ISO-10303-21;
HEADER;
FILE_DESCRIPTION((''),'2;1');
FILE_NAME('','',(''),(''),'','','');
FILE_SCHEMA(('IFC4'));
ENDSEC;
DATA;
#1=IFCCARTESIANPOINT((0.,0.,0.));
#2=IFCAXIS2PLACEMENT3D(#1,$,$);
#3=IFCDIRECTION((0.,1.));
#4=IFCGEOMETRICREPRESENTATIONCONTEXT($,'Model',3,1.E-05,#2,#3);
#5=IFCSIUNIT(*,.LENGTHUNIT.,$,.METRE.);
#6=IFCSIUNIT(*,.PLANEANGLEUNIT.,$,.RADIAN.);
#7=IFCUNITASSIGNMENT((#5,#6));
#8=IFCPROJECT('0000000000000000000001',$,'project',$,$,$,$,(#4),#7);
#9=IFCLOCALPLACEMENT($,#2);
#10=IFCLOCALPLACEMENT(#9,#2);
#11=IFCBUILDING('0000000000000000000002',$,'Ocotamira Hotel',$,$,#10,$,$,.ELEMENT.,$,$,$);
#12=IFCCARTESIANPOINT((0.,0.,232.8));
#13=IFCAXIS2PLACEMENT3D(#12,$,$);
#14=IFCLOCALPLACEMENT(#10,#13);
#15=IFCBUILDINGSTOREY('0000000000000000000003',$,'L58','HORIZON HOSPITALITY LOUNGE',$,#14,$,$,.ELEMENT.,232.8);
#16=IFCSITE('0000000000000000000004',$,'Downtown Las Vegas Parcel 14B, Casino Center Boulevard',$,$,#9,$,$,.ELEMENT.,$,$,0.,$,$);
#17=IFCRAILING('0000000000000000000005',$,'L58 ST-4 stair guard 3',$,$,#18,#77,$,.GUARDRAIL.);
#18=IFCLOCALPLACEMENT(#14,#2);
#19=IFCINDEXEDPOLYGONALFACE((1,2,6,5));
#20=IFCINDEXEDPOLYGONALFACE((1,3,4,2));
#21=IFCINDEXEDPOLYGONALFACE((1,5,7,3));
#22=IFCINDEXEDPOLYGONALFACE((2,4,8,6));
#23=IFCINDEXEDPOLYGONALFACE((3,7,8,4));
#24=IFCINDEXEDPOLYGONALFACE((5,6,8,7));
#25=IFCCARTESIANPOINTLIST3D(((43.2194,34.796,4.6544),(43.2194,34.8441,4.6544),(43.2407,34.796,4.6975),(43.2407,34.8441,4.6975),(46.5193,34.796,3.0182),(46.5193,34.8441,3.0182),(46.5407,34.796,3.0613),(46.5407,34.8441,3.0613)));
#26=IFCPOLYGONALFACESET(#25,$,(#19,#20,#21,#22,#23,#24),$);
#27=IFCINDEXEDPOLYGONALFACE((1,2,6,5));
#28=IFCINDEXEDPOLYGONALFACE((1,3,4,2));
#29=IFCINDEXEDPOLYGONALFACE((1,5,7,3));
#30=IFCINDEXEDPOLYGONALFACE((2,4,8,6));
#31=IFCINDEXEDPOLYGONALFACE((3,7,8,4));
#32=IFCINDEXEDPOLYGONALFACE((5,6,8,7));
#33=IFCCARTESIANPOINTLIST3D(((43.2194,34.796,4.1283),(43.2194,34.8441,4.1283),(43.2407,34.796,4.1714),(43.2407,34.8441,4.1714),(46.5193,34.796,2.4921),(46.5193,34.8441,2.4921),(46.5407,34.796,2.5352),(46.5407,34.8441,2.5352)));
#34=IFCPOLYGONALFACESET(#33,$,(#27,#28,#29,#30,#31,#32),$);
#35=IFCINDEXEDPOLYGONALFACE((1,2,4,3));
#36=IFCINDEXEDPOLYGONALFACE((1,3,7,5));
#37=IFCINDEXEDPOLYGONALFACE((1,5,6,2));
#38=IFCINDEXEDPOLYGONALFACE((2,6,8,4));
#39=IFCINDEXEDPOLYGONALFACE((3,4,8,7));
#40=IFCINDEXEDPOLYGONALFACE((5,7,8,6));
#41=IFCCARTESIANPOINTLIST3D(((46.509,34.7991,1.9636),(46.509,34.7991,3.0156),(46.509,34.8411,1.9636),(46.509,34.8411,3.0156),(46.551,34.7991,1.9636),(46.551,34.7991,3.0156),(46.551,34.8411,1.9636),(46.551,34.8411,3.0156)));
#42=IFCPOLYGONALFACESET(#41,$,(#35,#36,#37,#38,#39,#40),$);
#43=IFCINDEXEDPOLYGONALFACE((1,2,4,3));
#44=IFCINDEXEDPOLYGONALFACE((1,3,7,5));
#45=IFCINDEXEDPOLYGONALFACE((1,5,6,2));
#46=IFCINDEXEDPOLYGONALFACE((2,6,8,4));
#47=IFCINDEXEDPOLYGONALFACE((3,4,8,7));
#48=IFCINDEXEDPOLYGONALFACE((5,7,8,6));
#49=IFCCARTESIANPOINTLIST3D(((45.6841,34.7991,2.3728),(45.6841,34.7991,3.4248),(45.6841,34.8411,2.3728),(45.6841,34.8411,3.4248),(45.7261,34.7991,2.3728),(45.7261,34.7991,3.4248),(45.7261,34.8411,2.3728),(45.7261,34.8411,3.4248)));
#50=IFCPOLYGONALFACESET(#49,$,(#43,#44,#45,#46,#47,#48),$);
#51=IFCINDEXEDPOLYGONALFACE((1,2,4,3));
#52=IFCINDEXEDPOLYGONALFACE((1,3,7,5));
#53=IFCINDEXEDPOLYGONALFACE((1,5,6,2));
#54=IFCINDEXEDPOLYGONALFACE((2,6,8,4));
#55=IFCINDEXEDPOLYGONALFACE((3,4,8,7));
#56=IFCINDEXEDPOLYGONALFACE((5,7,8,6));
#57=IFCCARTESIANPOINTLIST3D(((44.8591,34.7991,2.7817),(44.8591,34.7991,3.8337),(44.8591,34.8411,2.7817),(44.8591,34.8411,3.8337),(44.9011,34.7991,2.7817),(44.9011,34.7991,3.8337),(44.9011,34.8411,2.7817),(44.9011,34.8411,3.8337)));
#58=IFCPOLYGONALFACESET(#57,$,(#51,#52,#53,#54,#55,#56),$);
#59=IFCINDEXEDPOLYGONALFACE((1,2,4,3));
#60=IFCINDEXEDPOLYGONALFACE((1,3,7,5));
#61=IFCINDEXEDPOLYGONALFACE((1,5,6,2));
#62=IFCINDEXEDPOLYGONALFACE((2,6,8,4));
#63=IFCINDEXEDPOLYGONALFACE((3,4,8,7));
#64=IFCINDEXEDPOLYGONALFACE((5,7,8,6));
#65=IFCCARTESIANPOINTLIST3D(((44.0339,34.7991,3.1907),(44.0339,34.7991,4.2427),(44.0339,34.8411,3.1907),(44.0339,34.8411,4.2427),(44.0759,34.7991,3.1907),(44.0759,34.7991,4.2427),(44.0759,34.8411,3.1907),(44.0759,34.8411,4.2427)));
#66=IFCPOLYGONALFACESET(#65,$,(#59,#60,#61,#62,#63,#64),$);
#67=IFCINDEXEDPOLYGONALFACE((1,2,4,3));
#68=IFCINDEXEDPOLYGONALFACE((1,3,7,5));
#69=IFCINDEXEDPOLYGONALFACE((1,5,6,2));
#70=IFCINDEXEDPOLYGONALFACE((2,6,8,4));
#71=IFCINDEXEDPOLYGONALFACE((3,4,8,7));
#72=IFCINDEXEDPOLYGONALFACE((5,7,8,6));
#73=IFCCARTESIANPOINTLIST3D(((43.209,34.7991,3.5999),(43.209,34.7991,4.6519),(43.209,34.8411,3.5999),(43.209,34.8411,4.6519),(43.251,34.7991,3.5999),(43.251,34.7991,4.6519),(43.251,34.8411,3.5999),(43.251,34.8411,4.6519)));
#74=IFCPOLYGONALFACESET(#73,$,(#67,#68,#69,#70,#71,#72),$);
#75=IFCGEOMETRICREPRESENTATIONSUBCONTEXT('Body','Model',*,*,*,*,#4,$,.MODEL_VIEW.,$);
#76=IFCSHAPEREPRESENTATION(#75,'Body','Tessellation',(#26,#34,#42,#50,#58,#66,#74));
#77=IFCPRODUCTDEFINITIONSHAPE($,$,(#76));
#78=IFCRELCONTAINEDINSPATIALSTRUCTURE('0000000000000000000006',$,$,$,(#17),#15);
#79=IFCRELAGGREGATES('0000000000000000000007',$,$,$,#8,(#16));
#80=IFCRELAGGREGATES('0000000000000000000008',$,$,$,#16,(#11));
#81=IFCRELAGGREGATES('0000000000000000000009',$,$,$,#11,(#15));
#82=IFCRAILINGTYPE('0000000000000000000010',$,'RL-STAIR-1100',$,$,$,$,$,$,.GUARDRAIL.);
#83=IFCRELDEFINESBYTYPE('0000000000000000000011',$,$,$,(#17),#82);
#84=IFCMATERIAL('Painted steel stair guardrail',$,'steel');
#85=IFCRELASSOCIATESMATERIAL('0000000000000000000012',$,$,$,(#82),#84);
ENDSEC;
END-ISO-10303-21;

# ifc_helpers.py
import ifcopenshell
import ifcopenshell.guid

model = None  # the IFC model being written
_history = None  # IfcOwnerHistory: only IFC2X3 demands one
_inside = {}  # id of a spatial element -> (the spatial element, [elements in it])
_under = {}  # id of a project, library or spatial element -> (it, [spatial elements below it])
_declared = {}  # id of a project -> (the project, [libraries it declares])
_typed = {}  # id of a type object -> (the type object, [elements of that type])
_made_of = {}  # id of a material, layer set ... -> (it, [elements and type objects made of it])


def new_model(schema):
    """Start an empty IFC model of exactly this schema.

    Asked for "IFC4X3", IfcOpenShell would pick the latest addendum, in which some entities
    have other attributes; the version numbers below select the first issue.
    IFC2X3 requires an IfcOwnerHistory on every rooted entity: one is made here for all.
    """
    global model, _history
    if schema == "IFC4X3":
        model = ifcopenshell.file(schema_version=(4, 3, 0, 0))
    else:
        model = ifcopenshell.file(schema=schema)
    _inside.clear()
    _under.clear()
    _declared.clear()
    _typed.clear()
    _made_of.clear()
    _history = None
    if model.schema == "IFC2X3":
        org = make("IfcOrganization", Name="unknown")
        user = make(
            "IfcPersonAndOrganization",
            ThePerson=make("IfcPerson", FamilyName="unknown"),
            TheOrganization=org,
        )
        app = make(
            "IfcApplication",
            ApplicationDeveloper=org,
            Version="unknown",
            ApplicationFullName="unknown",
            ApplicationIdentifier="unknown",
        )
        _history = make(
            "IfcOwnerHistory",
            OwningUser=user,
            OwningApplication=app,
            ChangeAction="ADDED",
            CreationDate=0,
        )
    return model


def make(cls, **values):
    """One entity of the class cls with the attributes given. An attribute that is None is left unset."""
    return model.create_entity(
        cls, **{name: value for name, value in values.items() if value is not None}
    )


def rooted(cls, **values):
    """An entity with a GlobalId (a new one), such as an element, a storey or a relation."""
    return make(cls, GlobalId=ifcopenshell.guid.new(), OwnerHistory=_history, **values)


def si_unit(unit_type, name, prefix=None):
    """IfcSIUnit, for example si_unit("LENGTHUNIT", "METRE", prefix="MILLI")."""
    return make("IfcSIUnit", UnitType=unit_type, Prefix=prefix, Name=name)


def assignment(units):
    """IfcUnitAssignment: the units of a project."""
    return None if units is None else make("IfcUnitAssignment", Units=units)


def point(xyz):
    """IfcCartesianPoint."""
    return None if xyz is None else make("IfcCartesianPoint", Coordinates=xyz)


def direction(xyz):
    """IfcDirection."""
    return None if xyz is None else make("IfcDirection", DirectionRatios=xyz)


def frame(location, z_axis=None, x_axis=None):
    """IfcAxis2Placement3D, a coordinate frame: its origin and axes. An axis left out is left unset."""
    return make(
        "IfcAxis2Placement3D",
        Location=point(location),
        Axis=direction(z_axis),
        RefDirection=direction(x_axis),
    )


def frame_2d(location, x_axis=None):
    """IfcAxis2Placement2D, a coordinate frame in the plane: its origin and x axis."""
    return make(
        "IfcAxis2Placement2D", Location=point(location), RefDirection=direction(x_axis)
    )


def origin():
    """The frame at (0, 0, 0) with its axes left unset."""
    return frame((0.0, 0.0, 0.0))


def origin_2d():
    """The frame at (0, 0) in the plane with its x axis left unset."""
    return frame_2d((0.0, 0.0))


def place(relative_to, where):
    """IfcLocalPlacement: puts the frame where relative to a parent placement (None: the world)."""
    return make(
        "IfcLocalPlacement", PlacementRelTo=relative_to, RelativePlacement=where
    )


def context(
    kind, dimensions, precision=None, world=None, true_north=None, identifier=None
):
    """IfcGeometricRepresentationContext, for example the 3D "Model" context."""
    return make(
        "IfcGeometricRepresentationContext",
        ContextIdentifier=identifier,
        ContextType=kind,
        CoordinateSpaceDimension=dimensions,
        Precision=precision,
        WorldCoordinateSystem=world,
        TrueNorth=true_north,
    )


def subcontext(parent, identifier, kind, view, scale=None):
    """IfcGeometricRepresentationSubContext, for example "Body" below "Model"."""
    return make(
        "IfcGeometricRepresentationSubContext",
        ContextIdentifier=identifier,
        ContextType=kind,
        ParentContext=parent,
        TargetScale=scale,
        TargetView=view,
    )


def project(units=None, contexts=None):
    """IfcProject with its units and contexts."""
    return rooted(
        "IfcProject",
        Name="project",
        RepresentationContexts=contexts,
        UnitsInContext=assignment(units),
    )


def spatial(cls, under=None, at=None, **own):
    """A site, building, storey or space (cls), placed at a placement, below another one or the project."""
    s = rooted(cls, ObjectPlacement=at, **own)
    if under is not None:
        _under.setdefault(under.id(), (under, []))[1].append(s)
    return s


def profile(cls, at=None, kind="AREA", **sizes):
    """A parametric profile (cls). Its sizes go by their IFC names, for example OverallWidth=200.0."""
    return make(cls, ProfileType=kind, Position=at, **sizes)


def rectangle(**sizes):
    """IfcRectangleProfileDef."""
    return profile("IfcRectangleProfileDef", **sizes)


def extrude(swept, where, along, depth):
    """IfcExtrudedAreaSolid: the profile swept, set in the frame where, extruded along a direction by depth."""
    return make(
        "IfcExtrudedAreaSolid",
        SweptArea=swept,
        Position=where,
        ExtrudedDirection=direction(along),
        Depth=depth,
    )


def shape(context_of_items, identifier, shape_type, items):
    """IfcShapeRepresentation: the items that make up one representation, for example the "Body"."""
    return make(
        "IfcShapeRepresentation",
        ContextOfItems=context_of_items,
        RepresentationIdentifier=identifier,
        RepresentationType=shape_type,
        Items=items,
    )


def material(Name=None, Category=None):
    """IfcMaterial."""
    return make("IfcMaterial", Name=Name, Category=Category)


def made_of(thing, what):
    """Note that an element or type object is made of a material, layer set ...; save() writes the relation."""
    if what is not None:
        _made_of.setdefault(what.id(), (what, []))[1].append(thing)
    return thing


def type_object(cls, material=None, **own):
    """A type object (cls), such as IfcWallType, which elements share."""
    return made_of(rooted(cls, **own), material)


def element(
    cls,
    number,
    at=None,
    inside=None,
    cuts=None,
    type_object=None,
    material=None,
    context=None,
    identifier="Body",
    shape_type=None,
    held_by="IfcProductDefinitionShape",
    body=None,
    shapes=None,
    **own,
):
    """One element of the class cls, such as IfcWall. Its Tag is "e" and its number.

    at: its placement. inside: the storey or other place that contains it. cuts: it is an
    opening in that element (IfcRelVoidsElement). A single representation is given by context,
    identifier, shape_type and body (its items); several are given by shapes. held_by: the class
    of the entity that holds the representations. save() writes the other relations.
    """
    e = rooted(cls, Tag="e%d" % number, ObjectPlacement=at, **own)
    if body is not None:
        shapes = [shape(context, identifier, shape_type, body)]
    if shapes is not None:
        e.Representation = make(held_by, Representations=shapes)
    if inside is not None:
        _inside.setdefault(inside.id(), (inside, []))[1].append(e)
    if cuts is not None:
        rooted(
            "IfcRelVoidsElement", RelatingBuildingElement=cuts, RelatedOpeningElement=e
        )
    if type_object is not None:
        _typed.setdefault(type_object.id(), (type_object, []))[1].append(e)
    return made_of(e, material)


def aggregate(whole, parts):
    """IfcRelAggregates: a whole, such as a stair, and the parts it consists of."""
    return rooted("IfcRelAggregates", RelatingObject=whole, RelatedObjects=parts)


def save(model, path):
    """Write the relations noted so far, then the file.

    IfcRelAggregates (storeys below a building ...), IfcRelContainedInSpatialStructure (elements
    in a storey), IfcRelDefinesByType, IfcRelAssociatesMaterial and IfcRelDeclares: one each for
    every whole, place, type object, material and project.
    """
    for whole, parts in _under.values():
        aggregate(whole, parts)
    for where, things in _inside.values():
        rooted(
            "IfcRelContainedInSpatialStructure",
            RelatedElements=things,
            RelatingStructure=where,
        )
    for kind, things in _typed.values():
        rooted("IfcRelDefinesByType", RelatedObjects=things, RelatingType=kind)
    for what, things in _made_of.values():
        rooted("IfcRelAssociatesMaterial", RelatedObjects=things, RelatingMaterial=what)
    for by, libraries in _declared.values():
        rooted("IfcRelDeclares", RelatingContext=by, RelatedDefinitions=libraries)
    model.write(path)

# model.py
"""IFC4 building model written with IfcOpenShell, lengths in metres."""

from ifc_helpers import new_model, si_unit, direction, frame, origin, origin_2d, place, context, subcontext, project, spatial, rectangle, extrude, material, type_object, element, save


model = new_model("IFC4")

# Units and contexts
model_context = context("Model", 3, precision=1e-05, world=origin(), true_north=direction((0.0, 1.0)))
body_context = subcontext(model_context, "Body", "Model", "MODEL_VIEW")
ifc_project = project(units=[si_unit("LENGTHUNIT", "METRE"), si_unit("PLANEANGLEUNIT", "RADIAN")], contexts=[model_context])

# Site, building, storey
site_placement = place(None, origin())
site = spatial("IfcSite", under=ifc_project, at=site_placement, Name="Downtown Las Vegas Parcel 14B, Casino Center Boulevard", CompositionType="ELEMENT", RefElevation=0.0)
building_placement = place(site_placement, origin())
building = spatial("IfcBuilding", under=site, at=building_placement, Name="Ocotamira Hotel", CompositionType="ELEMENT")
storey_placement = place(building_placement, frame((0.0, 0.0, 232.8)))
storey = spatial("IfcBuildingStorey", under=building, at=storey_placement, Name="L58", Description="HORIZON HOSPITALITY LOUNGE", CompositionType="ELEMENT", Elevation=232.8)

# Railing
ifc_material_1 = material(Name="Painted steel stair guardrail", Category="steel")
railing_type_1 = type_object("IfcRailingType", Name="RL-STAIR-1100", PredefinedType="GUARDRAIL", material=ifc_material_1)
railing_1_placement = place(storey_placement, frame((46.53, 34.8201, 1.9636)))
element("IfcRailing", 1, at=railing_1_placement, inside=storey, type_object=railing_type_1, Name="L58 ST-4 stair guard 3", PredefinedType="GUARDRAIL", context=body_context, shape_type="SweptSolid", body=[
    extrude(rectangle(XDim=0.0481, YDim=0.0481, at=origin_2d()), frame((0.0, 0.0, 1.0762), z_axis=(-0.89592, 0.0, 0.444215), x_axis=(0.0, -1.0, 0.0)), (0.0, 0.0, 1.0), 3.6833),
    extrude(rectangle(XDim=0.0481, YDim=0.0481, at=origin_2d()), frame((0.0, 0.0, 0.55), z_axis=(-0.89592, 0.0, 0.444215), x_axis=(0.0, -1.0, 0.0)), (0.0, 0.0, 1.0), 3.6833),
    extrude(rectangle(XDim=0.042, YDim=0.042, at=origin_2d()), origin(), (0.0, 0.0, 1.0), 1.052),
    extrude(rectangle(XDim=0.042, YDim=0.042, at=origin_2d()), frame((-0.825, 0.0, 0.4092)), (0.0, 0.0, 1.0), 1.052),
    extrude(rectangle(XDim=0.042, YDim=0.042, at=origin_2d()), frame((-1.6499, 0.0, 0.8181)), (0.0, 0.0, 1.0), 1.052),
    extrude(rectangle(XDim=0.042, YDim=0.042, at=origin_2d()), frame((-2.4751, 0.0, 1.2271)), (0.0, 0.0, 1.0), 1.052),
    extrude(rectangle(XDim=0.042, YDim=0.042, at=origin_2d()), frame((-3.3, 0.0, 1.6362)), (0.0, 0.0, 1.0), 1.052),
])

save(model, "model.ifc")
